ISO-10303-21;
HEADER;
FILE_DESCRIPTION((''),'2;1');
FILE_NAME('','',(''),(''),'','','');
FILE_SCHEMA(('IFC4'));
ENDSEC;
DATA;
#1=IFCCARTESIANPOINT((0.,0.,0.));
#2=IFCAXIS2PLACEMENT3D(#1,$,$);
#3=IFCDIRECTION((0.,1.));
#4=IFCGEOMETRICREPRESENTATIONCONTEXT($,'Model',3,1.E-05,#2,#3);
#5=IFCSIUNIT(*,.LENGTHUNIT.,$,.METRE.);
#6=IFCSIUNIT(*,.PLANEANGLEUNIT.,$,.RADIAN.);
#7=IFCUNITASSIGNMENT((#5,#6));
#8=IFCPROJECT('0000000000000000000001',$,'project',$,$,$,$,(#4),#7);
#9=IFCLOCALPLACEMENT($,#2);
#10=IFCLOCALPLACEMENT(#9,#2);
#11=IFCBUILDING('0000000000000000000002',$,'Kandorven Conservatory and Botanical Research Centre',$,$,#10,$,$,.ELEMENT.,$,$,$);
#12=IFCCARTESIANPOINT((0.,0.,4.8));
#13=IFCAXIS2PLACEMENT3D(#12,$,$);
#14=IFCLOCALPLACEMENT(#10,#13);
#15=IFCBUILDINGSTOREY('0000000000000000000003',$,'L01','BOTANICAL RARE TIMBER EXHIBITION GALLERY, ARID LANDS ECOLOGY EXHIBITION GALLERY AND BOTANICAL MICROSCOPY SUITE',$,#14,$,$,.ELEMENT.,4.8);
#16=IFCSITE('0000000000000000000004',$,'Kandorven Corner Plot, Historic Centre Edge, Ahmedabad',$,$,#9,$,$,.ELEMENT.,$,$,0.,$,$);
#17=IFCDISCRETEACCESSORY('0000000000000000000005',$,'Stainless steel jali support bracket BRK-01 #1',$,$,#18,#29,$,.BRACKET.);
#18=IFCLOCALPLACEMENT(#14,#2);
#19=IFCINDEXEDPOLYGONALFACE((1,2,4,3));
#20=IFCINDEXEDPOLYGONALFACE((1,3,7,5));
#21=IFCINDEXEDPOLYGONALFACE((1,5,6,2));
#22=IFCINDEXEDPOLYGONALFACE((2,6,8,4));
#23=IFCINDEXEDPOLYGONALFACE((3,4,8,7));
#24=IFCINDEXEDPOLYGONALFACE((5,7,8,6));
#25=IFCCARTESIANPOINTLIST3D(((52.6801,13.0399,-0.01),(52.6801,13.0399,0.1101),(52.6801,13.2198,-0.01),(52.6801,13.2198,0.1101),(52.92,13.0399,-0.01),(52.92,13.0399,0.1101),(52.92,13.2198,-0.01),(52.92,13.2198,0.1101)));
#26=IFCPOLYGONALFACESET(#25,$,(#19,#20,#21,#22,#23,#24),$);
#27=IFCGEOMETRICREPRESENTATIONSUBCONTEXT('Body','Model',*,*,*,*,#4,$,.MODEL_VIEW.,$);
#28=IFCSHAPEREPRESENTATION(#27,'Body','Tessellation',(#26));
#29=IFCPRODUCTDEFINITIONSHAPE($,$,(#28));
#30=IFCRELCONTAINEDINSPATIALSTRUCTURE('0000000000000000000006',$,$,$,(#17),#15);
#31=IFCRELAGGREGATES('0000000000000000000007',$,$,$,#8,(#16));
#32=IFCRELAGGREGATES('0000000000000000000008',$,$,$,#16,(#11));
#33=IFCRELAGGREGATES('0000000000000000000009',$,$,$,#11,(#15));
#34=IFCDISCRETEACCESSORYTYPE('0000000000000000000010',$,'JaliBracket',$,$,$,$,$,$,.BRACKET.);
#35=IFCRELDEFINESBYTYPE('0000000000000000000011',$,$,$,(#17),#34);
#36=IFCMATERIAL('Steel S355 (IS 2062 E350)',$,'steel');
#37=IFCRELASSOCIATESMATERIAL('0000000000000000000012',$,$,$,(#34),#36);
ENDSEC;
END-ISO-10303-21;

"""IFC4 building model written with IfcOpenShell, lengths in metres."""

from ifc_helpers import new_model, si_unit, direction, frame, origin, origin_2d, place, context, subcontext, project, spatial, rectangle, extrude, material, type_object, element, save


model = new_model("IFC4")

# Units and contexts
model_context = context("Model", 3, precision=1e-05, world=origin(), true_north=direction((0.0, 1.0)))
body_context = subcontext(model_context, "Body", "Model", "MODEL_VIEW")
ifc_project = project(units=[si_unit("LENGTHUNIT", "METRE"), si_unit("PLANEANGLEUNIT", "RADIAN")], contexts=[model_context])

# Site, building, storey
site_placement = place(None, origin())
site = spatial("IfcSite", under=ifc_project, at=site_placement, Name="Kandorven Corner Plot, Historic Centre Edge, Ahmedabad", CompositionType="ELEMENT", RefElevation=0.0)
building_placement = place(site_placement, origin())
building = spatial("IfcBuilding", under=site, at=building_placement, Name="Kandorven Conservatory and Botanical Research Centre", CompositionType="ELEMENT")
storey_placement = place(building_placement, frame((0.0, 0.0, 4.8)))
storey = spatial("IfcBuildingStorey", under=building, at=storey_placement, Name="L01", Description="BOTANICAL RARE TIMBER EXHIBITION GALLERY, ARID LANDS ECOLOGY EXHIBITION GALLERY AND BOTANICAL MICROSCOPY SUITE", CompositionType="ELEMENT", Elevation=4.8)

# Discrete accessory
ifc_material_1 = material(Name="Steel S355 (IS 2062 E350)", Category="steel")
discrete_accessory_type = type_object("IfcDiscreteAccessoryType", Name="JaliBracket", PredefinedType="BRACKET", material=ifc_material_1)
discrete_accessory_placement = place(storey_placement, frame((52.8, 13.1299, -0.01), z_axis=(0.0, 0.0, 1.0), x_axis=(1.0, 0.0, 0.0)))
element("IfcDiscreteAccessory", 1, at=discrete_accessory_placement, inside=storey, type_object=discrete_accessory_type, Name="Stainless steel jali support bracket BRK-01 #1", PredefinedType="BRACKET", context=body_context, shape_type="SweptSolid", body=[
    extrude(rectangle(XDim=0.24, YDim=0.1799, at=origin_2d()), origin(), (0.0, 0.0, 1.0), 0.1201),
])

save(model, "model.ifc")
